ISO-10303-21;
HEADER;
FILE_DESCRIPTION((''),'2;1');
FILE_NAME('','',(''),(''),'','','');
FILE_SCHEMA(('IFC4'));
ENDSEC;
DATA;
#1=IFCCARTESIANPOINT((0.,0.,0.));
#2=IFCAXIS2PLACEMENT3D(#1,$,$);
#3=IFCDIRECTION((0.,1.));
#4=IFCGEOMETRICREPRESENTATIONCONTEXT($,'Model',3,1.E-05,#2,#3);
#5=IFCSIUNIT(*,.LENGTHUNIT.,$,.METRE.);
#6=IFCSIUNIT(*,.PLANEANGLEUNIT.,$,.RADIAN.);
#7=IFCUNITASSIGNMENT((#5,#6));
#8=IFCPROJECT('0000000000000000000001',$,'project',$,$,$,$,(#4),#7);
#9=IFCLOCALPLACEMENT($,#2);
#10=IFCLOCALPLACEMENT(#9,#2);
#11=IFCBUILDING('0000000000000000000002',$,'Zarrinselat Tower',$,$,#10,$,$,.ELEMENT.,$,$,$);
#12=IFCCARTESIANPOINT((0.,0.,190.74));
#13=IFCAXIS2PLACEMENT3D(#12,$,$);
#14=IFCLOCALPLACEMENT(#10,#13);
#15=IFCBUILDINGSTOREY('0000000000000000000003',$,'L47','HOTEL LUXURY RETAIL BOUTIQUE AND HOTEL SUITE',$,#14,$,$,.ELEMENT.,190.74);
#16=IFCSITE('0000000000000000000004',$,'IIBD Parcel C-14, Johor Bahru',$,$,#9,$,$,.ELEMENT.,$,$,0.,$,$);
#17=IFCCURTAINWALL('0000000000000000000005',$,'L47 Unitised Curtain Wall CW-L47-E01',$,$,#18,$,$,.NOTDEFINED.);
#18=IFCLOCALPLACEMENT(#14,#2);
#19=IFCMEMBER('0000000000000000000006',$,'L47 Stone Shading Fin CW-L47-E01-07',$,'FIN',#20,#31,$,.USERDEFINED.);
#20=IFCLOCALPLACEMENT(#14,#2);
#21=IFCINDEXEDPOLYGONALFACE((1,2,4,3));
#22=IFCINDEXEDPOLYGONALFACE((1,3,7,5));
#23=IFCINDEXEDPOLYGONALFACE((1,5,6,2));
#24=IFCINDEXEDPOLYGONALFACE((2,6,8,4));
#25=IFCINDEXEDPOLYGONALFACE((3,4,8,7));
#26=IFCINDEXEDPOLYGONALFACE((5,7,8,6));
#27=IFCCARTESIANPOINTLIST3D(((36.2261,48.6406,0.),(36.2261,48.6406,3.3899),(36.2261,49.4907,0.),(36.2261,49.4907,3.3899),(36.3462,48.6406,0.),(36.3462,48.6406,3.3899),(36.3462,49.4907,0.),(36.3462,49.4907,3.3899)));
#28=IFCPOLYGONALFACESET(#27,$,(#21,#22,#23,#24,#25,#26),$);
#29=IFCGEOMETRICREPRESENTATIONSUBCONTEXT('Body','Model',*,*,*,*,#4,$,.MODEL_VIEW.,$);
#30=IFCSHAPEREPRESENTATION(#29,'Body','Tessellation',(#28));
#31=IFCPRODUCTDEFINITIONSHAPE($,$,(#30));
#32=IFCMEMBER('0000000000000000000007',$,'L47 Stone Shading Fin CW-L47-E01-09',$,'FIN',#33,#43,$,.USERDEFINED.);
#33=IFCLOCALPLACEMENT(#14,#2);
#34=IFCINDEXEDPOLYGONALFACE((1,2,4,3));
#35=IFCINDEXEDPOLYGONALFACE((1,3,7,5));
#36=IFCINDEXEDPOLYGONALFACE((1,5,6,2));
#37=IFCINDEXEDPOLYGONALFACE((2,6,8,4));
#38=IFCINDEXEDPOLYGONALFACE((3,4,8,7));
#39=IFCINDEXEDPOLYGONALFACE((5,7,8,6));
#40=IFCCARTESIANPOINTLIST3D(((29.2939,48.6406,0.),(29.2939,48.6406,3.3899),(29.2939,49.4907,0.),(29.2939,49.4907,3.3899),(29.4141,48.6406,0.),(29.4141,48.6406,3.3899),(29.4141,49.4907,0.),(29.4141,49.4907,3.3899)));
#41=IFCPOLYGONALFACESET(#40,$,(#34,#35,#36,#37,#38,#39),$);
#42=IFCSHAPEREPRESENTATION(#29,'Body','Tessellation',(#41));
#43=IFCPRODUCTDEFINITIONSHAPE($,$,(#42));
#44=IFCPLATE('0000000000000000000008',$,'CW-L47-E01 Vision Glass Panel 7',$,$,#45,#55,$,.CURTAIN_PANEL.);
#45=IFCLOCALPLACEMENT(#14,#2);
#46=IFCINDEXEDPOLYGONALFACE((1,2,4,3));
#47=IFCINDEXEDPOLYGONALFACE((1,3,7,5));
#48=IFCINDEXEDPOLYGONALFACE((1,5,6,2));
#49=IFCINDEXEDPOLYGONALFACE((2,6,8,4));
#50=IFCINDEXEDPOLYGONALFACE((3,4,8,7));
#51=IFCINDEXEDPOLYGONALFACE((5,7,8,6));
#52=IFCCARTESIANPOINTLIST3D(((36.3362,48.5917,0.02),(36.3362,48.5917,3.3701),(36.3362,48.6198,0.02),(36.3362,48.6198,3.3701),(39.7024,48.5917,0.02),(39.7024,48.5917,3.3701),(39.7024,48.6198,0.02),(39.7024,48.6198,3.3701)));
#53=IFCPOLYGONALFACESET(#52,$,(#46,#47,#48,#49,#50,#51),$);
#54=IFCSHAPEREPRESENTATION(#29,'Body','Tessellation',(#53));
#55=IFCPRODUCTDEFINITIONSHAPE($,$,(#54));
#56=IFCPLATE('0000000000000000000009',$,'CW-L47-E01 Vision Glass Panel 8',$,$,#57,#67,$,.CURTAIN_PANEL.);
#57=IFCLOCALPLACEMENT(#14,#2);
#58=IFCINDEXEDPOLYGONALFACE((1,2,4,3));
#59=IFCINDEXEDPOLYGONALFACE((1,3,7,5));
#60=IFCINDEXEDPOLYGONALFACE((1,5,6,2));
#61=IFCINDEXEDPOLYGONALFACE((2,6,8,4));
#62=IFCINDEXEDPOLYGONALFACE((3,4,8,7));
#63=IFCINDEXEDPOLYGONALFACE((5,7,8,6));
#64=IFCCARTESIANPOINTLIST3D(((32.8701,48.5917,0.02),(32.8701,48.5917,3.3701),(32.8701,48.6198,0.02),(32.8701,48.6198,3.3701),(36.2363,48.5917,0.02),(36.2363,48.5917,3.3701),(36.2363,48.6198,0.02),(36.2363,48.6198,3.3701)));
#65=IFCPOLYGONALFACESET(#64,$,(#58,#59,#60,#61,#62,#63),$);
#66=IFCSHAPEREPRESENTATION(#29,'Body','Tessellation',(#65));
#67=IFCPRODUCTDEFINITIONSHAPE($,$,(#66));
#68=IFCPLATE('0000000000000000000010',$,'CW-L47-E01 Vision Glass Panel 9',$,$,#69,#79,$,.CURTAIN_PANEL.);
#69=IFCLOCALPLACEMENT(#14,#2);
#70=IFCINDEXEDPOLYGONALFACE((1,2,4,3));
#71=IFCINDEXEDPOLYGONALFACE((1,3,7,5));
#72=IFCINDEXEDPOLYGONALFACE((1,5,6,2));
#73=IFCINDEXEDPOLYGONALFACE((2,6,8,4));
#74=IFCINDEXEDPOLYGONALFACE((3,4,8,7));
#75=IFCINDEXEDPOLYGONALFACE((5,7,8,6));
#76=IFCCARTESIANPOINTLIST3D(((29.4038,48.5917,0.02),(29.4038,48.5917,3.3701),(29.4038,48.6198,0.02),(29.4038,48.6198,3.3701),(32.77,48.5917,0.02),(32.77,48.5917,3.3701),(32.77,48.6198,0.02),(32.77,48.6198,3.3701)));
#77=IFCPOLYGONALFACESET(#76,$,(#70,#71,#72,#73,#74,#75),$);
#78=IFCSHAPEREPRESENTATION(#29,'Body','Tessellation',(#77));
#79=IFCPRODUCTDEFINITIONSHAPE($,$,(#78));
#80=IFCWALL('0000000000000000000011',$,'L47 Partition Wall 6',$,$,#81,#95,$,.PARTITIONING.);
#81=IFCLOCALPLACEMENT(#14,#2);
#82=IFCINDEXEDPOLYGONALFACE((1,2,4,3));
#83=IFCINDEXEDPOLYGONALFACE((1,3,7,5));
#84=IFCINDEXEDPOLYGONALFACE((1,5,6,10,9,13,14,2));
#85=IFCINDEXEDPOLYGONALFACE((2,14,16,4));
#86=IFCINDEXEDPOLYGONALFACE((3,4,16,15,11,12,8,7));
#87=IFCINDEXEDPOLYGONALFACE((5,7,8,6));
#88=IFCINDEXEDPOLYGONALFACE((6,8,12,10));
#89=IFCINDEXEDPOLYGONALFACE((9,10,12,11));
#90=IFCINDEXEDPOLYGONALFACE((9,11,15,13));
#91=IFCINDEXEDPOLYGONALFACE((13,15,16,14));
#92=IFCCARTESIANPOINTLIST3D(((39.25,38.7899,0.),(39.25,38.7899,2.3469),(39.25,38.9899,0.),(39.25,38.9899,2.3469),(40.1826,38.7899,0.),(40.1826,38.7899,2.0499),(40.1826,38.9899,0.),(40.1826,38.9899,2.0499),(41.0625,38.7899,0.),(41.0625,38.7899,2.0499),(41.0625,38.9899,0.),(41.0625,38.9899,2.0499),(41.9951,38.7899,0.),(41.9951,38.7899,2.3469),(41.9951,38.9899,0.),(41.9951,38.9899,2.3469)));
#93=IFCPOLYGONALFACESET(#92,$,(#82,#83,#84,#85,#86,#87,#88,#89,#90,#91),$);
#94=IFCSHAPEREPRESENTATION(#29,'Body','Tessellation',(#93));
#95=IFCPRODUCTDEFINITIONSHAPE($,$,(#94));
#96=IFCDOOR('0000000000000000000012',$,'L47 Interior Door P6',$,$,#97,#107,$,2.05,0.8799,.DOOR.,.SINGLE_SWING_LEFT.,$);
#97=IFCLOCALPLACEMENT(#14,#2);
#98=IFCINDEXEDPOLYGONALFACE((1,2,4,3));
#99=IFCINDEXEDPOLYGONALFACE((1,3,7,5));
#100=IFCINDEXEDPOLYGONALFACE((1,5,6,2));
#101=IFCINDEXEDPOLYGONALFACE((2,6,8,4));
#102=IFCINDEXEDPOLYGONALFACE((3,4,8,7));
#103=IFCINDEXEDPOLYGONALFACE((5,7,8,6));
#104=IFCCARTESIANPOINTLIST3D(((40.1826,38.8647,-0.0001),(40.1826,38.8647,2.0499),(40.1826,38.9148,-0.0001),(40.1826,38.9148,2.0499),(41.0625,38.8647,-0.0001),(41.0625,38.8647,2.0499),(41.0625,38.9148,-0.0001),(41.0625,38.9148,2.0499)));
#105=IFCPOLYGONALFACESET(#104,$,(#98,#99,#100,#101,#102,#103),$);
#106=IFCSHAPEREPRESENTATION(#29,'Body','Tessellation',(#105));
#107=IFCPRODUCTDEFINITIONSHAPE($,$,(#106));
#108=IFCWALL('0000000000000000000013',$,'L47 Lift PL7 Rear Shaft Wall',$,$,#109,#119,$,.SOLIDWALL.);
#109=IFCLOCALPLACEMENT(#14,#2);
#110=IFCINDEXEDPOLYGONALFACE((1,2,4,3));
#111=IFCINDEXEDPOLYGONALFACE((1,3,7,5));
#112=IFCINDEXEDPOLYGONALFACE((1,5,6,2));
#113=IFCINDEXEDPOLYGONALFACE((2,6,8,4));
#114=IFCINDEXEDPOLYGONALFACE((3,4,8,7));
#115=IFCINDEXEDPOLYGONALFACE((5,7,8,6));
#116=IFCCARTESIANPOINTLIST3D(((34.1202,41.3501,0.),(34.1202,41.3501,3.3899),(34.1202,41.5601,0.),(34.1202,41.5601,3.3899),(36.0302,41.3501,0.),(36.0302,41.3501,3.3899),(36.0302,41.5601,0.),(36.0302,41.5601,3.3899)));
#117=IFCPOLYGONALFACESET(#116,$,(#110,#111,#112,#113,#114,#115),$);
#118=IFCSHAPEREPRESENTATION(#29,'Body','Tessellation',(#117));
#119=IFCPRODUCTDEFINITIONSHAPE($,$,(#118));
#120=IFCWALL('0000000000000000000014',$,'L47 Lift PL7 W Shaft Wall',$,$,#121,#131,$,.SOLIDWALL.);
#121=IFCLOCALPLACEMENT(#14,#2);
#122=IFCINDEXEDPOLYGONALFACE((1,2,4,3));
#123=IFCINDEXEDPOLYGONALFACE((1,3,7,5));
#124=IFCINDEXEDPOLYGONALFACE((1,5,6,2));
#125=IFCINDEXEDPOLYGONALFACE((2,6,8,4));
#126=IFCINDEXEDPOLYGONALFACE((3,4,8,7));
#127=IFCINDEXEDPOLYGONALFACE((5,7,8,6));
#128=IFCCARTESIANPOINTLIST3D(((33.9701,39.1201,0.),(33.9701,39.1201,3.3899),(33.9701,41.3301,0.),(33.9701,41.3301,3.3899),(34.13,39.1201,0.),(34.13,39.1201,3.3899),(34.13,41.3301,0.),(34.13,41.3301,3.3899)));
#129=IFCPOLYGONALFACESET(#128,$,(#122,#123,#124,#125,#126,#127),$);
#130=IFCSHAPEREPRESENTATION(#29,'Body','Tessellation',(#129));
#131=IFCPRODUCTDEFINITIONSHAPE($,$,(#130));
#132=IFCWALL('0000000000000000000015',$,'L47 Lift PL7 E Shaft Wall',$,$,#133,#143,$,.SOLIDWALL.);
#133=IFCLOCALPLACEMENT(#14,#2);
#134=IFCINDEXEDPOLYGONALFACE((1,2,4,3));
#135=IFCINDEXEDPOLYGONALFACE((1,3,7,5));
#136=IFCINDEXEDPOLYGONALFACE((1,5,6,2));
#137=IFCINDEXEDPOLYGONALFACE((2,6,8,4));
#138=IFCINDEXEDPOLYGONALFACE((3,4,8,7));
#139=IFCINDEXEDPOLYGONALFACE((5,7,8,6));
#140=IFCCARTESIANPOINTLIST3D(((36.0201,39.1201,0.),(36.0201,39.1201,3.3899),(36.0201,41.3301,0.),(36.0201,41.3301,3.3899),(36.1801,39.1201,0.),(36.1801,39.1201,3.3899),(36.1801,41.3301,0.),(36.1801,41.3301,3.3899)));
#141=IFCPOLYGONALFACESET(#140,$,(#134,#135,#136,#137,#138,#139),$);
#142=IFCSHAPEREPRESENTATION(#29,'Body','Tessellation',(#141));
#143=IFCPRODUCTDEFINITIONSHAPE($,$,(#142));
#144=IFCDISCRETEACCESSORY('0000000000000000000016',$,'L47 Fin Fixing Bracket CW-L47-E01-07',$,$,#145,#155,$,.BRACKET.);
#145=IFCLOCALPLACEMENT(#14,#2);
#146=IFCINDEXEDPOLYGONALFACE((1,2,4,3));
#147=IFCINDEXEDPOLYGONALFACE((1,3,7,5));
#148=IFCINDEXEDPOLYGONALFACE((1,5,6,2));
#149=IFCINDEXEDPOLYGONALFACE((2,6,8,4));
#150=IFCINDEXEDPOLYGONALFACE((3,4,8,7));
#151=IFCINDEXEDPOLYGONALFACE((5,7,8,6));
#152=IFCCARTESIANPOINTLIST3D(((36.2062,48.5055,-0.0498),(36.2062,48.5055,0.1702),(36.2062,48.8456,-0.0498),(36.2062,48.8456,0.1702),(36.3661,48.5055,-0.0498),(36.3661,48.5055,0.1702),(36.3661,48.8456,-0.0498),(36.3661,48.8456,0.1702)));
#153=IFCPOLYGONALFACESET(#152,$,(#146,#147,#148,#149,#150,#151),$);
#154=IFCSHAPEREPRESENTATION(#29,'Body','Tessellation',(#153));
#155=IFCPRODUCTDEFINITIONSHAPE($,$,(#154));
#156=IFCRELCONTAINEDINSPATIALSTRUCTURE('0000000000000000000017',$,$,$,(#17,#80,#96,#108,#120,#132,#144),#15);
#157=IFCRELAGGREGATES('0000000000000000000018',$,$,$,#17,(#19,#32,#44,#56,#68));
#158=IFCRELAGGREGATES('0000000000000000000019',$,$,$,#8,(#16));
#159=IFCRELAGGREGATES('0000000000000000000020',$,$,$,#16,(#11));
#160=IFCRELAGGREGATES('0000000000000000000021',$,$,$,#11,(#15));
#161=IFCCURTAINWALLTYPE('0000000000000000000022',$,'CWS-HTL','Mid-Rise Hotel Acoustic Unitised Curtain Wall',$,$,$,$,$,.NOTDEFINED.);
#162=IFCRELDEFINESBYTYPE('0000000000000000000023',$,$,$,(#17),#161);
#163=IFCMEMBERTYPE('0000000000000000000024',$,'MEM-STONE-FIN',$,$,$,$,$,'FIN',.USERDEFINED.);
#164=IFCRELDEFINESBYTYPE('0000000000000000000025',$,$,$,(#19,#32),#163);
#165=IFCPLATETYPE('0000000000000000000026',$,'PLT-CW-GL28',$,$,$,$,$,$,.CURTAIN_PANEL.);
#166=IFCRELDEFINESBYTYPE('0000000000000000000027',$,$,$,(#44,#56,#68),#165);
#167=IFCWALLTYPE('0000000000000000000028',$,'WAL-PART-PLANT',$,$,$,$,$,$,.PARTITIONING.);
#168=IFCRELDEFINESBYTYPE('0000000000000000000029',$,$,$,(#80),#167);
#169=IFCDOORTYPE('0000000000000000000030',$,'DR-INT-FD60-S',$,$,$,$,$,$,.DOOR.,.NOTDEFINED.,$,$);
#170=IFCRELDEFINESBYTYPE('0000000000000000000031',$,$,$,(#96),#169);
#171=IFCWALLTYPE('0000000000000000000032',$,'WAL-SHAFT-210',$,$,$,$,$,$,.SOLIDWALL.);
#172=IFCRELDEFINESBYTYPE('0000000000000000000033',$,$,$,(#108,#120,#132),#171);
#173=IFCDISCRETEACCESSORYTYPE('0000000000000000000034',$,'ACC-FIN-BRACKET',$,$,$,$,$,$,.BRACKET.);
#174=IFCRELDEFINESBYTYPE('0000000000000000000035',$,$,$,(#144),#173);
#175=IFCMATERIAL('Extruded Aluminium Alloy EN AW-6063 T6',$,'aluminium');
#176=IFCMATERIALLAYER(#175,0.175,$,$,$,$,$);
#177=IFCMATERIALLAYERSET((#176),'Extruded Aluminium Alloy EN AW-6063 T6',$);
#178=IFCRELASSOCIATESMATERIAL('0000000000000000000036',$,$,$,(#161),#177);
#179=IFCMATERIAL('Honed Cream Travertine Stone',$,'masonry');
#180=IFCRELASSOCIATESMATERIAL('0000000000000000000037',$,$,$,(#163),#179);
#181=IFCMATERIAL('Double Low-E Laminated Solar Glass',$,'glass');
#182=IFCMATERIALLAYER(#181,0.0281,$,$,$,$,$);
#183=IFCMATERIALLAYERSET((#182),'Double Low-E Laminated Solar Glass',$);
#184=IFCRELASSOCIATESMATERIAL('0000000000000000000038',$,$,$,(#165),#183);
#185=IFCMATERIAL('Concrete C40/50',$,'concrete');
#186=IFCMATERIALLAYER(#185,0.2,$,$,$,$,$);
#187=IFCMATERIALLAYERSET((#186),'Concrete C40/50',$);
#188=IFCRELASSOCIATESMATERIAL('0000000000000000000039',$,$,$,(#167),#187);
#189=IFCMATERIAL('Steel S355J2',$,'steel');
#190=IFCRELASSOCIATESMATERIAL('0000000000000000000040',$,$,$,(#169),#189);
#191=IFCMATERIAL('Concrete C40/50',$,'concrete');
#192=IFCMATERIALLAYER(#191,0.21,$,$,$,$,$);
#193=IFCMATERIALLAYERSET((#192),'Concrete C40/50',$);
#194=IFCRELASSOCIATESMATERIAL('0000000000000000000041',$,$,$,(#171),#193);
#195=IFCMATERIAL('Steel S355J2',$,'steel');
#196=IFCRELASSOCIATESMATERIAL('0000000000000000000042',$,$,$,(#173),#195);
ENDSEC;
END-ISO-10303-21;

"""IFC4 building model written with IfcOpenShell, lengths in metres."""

from ifc_helpers import new_model, si_unit, direction, frame, frame_2d, origin, origin_2d, place, context, subcontext, project, spatial, rectangle, extrude, material, layer, layer_set, material_profile, profile_set, type_object, element, fill, aggregate, save


model = new_model("IFC4")

# Units and contexts
model_context = context("Model", 3, precision=1e-05, world=origin(), true_north=direction((0.0, 1.0)))
body_context = subcontext(model_context, "Body", "Model", "MODEL_VIEW")
ifc_project = project(units=[si_unit("LENGTHUNIT", "METRE"), si_unit("PLANEANGLEUNIT", "RADIAN")], contexts=[model_context])

# Site, building, storey
site_placement = place(None, origin())
site = spatial("IfcSite", under=ifc_project, at=site_placement, Name="IIBD Parcel C-14, Johor Bahru", CompositionType="ELEMENT", RefElevation=0.0)
building_placement = place(site_placement, origin())
building = spatial("IfcBuilding", under=site, at=building_placement, Name="Zarrinselat Tower", CompositionType="ELEMENT")
storey_placement = place(building_placement, frame((0.0, 0.0, 190.74)))
storey = spatial("IfcBuildingStorey", under=building, at=storey_placement, Name="L47", Description="HOTEL LUXURY RETAIL BOUTIQUE AND HOTEL SUITE", CompositionType="ELEMENT", Elevation=190.74)

# Curtain wall, members, plates
ifc_material_1 = material(Name="Extruded Aluminium Alloy EN AW-6063 T6", Category="aluminium")
ifc_layer_1 = layer(ifc_material_1, 0.175)
ifc_layer_set_1 = layer_set([ifc_layer_1], Name="Extruded Aluminium Alloy EN AW-6063 T6")
curtain_wall_type = type_object("IfcCurtainWallType", Name="CWS-HTL", Description="Mid-Rise Hotel Acoustic Unitised Curtain Wall", PredefinedType="NOTDEFINED", material=ifc_layer_set_1)
curtain_wall_placement = place(storey_placement, origin())
curtain_wall = element("IfcCurtainWall", 1, at=curtain_wall_placement, inside=storey, type_object=curtain_wall_type, Name="L47 Unitised Curtain Wall CW-L47-E01", PredefinedType="NOTDEFINED")
ifc_material_2 = material(Name="Honed Cream Travertine Stone", Category="masonry")
ifc_material_profile_1 = material_profile(ifc_material_2, rectangle(XDim=0.1201, YDim=0.8501, at=origin_2d()), Name="FIN 850x120")
ifc_profile_set_1 = profile_set([ifc_material_profile_1], Name="Honed Cream Travertine Stone")
member_type_1 = type_object("IfcMemberType", Name="MEM-STONE-FIN", ElementType="FIN", PredefinedType="USERDEFINED", material=ifc_profile_set_1)
member_1_placement = place(storey_placement, frame((36.2861, 49.0657, 0.0), z_axis=(0.0, 0.0, 1.0), x_axis=(1.0, 0.0, 0.0)))
member_1 = element("IfcMember", 2, at=member_1_placement, type_object=member_type_1, Name="L47 Stone Shading Fin CW-L47-E01-07", ObjectType="FIN", PredefinedType="USERDEFINED", context=body_context, shape_type="SweptSolid", body=[
    extrude(rectangle(XDim=0.1201, YDim=0.8501, at=origin_2d()), origin(), (0.0, 0.0, 1.0), 3.3899),
])
member_2_placement = place(storey_placement, frame((29.354, 49.0657, 0.0), z_axis=(0.0, 0.0, 1.0), x_axis=(1.0, 0.0, 0.0)))
member_2 = element("IfcMember", 3, at=member_2_placement, type_object=member_type_1, Name="L47 Stone Shading Fin CW-L47-E01-09", ObjectType="FIN", PredefinedType="USERDEFINED", context=body_context, shape_type="SweptSolid", body=[
    extrude(rectangle(XDim=0.1201, YDim=0.8501, at=origin_2d()), origin(), (0.0, 0.0, 1.0), 3.3899),
])
ifc_material_3 = material(Name="Double Low-E Laminated Solar Glass", Category="glass")
ifc_layer_2 = layer(ifc_material_3, 0.0281)
ifc_layer_set_2 = layer_set([ifc_layer_2], Name="Double Low-E Laminated Solar Glass")
plate_type = type_object("IfcPlateType", Name="PLT-CW-GL28", PredefinedType="CURTAIN_PANEL", material=ifc_layer_set_2)
plate_1_placement = place(storey_placement, frame((38.0193, 48.6057, 0.02), z_axis=(0.0, 0.0, 1.0), x_axis=(-1.0, 0.0, 0.0)))
plate_1 = element("IfcPlate", 4, at=plate_1_placement, type_object=plate_type, Name="CW-L47-E01 Vision Glass Panel 7", PredefinedType="CURTAIN_PANEL", context=body_context, shape_type="SweptSolid", body=[
    extrude(rectangle(XDim=3.3662, YDim=0.0281, at=origin_2d()), origin(), (0.0, 0.0, 1.0), 3.3501),
])
plate_2_placement = place(storey_placement, frame((34.5532, 48.6057, 0.02), z_axis=(0.0, 0.0, 1.0), x_axis=(-1.0, 0.0, 0.0)))
plate_2 = element("IfcPlate", 5, at=plate_2_placement, type_object=plate_type, Name="CW-L47-E01 Vision Glass Panel 8", PredefinedType="CURTAIN_PANEL", context=body_context, shape_type="SweptSolid", body=[
    extrude(rectangle(XDim=3.3662, YDim=0.0281, at=origin_2d()), origin(), (0.0, 0.0, 1.0), 3.3501),
])
plate_3_placement = place(storey_placement, frame((31.0869, 48.6057, 0.02), z_axis=(0.0, 0.0, 1.0), x_axis=(-1.0, 0.0, 0.0)))
plate_3 = element("IfcPlate", 6, at=plate_3_placement, type_object=plate_type, Name="CW-L47-E01 Vision Glass Panel 9", PredefinedType="CURTAIN_PANEL", context=body_context, shape_type="SweptSolid", body=[
    extrude(rectangle(XDim=3.3662, YDim=0.0281, at=origin_2d()), origin(), (0.0, 0.0, 1.0), 3.3501),
])
aggregate(curtain_wall, [member_1, member_2, plate_1, plate_2, plate_3])

# Wall, opening, door
ifc_material_4 = material(Name="Concrete C40/50", Category="concrete")
ifc_layer_3 = layer(ifc_material_4, 0.2)
ifc_layer_set_3 = layer_set([ifc_layer_3], Name="Concrete C40/50")
wall_type_1 = type_object("IfcWallType", Name="WAL-PART-PLANT", PredefinedType="PARTITIONING", material=ifc_layer_set_3)
wall_1_placement = place(storey_placement, frame((39.25, 38.8899, 0.0), z_axis=(0.0, 0.0, 1.0), x_axis=(1.0, 0.0, 0.0)))
wall_1 = element("IfcWall", 7, at=wall_1_placement, inside=storey, type_object=wall_type_1, Name="L47 Partition Wall 6", PredefinedType="PARTITIONING", context=body_context, shape_type="SweptSolid", body=[
    extrude(rectangle(XDim=2.7451, YDim=0.2, at=frame_2d((1.3726, 0.0))), origin(), (0.0, 0.0, 1.0), 2.3469),
])
opening_placement = place(wall_1_placement, frame((0.9326, 0.0, 0.0)))
opening = element("IfcOpeningElement", 8, at=opening_placement, cuts=wall_1, PredefinedType="OPENING", context=body_context, shape_type="SweptSolid", body=[
    extrude(rectangle(XDim=0.8799, YDim=2.05, at=frame_2d((0.4399, 1.0249))), frame((0.0, 0.1099, 0.0), z_axis=(0.0, -1.0, 0.0), x_axis=(1.0, 0.0, 0.0)), (0.0, 0.0, 1.0), 0.22),
])
ifc_material_5 = material(Name="Steel S355J2", Category="steel")
door_type = type_object("IfcDoorType", Name="DR-INT-FD60-S", OperationType="NOTDEFINED", PredefinedType="DOOR", material=ifc_material_5)
door_placement = place(opening_placement, origin())
door = element("IfcDoor", 9, at=door_placement, inside=storey, type_object=door_type, Name="L47 Interior Door P6", OperationType="SINGLE_SWING_LEFT", OverallHeight=2.05, OverallWidth=0.8799, PredefinedType="DOOR", context=body_context, shape_type="SweptSolid", body=[
    extrude(rectangle(XDim=0.8799, YDim=2.05, at=frame_2d((0.4399, 1.0249))), frame((0.0, 0.0249, 0.0), z_axis=(0.0, -1.0, 0.0), x_axis=(1.0, 0.0, 0.0)), (0.0, 0.0, 1.0), 0.05),
])
fill(opening, door)

# Walls
ifc_material_6 = material(Name="Concrete C40/50", Category="concrete")
ifc_layer_4 = layer(ifc_material_6, 0.21)
ifc_layer_set_4 = layer_set([ifc_layer_4], Name="Concrete C40/50")
wall_type_2 = type_object("IfcWallType", Name="WAL-SHAFT-210", PredefinedType="SOLIDWALL", material=ifc_layer_set_4)
wall_2_placement = place(storey_placement, frame((34.1201, 41.4551, 0.0), z_axis=(0.0, 0.0, 1.0), x_axis=(1.0, 0.0, 0.0)))
element("IfcWall", 10, at=wall_2_placement, inside=storey, type_object=wall_type_2, Name="L47 Lift PL7 Rear Shaft Wall", PredefinedType="SOLIDWALL", context=body_context, shape_type="SweptSolid", body=[
    extrude(rectangle(XDim=1.9099, YDim=0.21, at=frame_2d((0.9551, 0.0))), origin(), (0.0, 0.0, 1.0), 3.3899),
])
for number, where, z_axis, x_axis, name in (
    (11, (34.05, 39.1201, 0.0), (0.0, 0.0, 1.0), (0.0, 1.0, 0.0), "L47 Lift PL7 W Shaft Wall"),
    (12, (36.1001, 39.1201, 0.0), (0.0, 0.0, 1.0), (0.0, 1.0, 0.0), "L47 Lift PL7 E Shaft Wall"),
):
    element("IfcWall", number, at=place(storey_placement, frame(where, z_axis=z_axis, x_axis=x_axis)), inside=storey, type_object=wall_type_2, Name=name, PredefinedType="SOLIDWALL", context=body_context, shape_type="SweptSolid", body=[
        extrude(rectangle(XDim=2.21, YDim=0.1599, at=frame_2d((1.105, 0.0))), origin(), (0.0, 0.0, 1.0), 3.3899),
    ])

# Discrete accessory
ifc_material_7 = material(Name="Steel S355J2", Category="steel")
discrete_accessory_type = type_object("IfcDiscreteAccessoryType", Name="ACC-FIN-BRACKET", PredefinedType="BRACKET", material=ifc_material_7)
discrete_accessory_placement = place(storey_placement, frame((36.2861, 48.6755, -0.0498), z_axis=(0.0, 0.0, 1.0), x_axis=(0.0, 1.0, 0.0)))
element("IfcDiscreteAccessory", 13, at=discrete_accessory_placement, inside=storey, type_object=discrete_accessory_type, Name="L47 Fin Fixing Bracket CW-L47-E01-07", PredefinedType="BRACKET", context=body_context, shape_type="SweptSolid", body=[
    extrude(rectangle(XDim=0.3401, YDim=0.1599, at=origin_2d()), origin(), (0.0, 0.0, 1.0), 0.22),
])

save(model, "model.ifc")
